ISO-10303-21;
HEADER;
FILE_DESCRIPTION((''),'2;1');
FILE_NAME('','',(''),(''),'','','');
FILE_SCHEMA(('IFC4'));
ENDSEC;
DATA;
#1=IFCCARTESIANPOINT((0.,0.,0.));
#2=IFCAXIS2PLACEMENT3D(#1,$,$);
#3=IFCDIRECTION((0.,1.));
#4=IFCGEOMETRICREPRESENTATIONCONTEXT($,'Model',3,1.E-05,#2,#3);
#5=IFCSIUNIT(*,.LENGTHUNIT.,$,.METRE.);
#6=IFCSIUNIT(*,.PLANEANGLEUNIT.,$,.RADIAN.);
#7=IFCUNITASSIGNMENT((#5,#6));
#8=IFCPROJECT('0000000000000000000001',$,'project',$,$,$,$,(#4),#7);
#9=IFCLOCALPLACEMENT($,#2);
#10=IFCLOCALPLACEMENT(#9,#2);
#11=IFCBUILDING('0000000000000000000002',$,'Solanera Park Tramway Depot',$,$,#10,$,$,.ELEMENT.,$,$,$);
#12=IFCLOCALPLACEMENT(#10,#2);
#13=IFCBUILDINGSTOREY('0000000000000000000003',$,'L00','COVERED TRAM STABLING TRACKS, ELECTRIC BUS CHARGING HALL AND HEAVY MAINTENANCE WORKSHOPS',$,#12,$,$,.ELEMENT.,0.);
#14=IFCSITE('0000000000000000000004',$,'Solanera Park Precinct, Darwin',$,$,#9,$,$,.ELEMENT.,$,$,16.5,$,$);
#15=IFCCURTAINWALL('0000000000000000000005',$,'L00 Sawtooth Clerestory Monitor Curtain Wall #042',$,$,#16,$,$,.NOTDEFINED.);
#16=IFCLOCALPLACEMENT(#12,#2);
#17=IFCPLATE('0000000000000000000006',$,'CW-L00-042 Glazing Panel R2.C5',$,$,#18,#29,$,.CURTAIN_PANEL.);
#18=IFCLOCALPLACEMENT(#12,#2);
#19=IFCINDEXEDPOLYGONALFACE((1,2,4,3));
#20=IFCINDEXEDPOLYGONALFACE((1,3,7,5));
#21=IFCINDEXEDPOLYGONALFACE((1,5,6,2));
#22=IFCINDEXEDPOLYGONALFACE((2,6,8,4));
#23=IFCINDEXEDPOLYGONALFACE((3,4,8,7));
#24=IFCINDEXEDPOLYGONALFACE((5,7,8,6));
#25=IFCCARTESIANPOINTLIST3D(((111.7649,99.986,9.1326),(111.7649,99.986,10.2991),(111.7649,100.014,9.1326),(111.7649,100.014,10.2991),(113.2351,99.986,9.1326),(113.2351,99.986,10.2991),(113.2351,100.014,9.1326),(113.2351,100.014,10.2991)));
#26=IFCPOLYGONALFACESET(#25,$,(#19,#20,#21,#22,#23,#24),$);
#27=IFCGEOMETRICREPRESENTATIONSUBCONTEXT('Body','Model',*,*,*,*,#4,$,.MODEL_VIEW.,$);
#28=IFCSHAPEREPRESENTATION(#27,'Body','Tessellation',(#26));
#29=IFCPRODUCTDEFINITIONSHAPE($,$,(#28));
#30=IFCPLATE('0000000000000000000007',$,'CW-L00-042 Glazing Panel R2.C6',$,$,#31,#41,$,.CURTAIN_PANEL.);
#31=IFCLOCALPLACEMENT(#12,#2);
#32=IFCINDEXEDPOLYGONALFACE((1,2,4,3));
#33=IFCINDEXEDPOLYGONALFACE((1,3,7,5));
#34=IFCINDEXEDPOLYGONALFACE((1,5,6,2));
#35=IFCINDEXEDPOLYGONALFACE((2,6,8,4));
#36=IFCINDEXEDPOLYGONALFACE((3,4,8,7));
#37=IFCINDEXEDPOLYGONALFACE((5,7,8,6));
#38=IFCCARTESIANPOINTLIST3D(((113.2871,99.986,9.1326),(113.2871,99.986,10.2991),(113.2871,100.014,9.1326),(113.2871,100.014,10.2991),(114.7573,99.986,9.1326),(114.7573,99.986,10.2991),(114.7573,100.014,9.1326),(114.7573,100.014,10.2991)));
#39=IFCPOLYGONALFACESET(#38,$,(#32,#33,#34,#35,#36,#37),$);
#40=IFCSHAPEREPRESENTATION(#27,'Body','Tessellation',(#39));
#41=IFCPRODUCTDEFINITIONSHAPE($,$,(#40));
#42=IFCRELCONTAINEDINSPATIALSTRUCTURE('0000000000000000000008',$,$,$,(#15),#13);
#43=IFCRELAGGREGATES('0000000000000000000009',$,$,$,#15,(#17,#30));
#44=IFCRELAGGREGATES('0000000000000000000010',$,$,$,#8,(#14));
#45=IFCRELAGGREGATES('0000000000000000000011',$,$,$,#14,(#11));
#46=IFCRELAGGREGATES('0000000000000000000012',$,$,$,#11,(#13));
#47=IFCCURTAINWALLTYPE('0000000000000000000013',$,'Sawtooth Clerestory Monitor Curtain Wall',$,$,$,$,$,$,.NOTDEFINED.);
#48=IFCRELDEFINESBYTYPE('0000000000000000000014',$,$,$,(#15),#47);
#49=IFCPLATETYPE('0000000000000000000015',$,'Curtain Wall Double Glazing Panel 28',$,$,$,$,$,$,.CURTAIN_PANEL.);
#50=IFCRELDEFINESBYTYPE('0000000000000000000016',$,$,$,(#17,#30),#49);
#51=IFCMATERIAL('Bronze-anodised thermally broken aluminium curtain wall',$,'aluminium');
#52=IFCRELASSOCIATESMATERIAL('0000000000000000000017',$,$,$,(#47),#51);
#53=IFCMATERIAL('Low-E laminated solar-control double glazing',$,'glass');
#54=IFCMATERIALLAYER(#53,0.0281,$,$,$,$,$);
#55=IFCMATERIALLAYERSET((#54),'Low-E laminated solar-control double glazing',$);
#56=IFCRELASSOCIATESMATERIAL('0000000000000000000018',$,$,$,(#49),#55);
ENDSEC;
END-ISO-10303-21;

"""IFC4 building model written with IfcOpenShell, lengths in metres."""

from ifc_helpers import new_model, si_unit, direction, frame, origin, origin_2d, place, context, subcontext, project, spatial, rectangle, extrude, material, layer, layer_set, type_object, element, aggregate, save


model = new_model("IFC4")

# Units and contexts
model_context = context("Model", 3, precision=1e-05, world=origin(), true_north=direction((0.0, 1.0)))
body_context = subcontext(model_context, "Body", "Model", "MODEL_VIEW")
ifc_project = project(units=[si_unit("LENGTHUNIT", "METRE"), si_unit("PLANEANGLEUNIT", "RADIAN")], contexts=[model_context])

# Site, building, storey
site_placement = place(None, origin())
site = spatial("IfcSite", under=ifc_project, at=site_placement, Name="Solanera Park Precinct, Darwin", CompositionType="ELEMENT", RefElevation=16.5)
building_placement = place(site_placement, origin())
building = spatial("IfcBuilding", under=site, at=building_placement, Name="Solanera Park Tramway Depot", CompositionType="ELEMENT")
storey_placement = place(building_placement, origin())
storey = spatial("IfcBuildingStorey", under=building, at=storey_placement, Name="L00", Description="COVERED TRAM STABLING TRACKS, ELECTRIC BUS CHARGING HALL AND HEAVY MAINTENANCE WORKSHOPS", CompositionType="ELEMENT", Elevation=0.0)

# Curtain wall, plates
ifc_material_1 = material(Name="Bronze-anodised thermally broken aluminium curtain wall", Category="aluminium")
curtain_wall_type = type_object("IfcCurtainWallType", Name="Sawtooth Clerestory Monitor Curtain Wall", PredefinedType="NOTDEFINED", material=ifc_material_1)
curtain_wall_placement = place(storey_placement, origin())
curtain_wall = element("IfcCurtainWall", 1, at=curtain_wall_placement, inside=storey, type_object=curtain_wall_type, Name="L00 Sawtooth Clerestory Monitor Curtain Wall #042", PredefinedType="NOTDEFINED")
ifc_material_2 = material(Name="Low-E laminated solar-control double glazing", Category="glass")
ifc_layer = layer(ifc_material_2, 0.0281)
ifc_layer_set = layer_set([ifc_layer], Name="Low-E laminated solar-control double glazing")
plate_type = type_object("IfcPlateType", Name="Curtain Wall Double Glazing Panel 28", PredefinedType="CURTAIN_PANEL", material=ifc_layer_set)
plate_1_placement = place(storey_placement, frame((112.5, 100.0, 9.1326), z_axis=(0.0, 0.0, 1.0), x_axis=(1.0, 0.0, 0.0)))
plate_1 = element("IfcPlate", 2, at=plate_1_placement, type_object=plate_type, Name="CW-L00-042 Glazing Panel R2.C5", PredefinedType="CURTAIN_PANEL", context=body_context, shape_type="SweptSolid", body=[
    extrude(rectangle(XDim=1.4702, YDim=0.0281, at=origin_2d()), origin(), (0.0, 0.0, 1.0), 1.1665),
])
plate_2_placement = place(storey_placement, frame((114.0222, 100.0, 9.1326), z_axis=(0.0, 0.0, 1.0), x_axis=(1.0, 0.0, 0.0)))
plate_2 = element("IfcPlate", 3, at=plate_2_placement, type_object=plate_type, Name="CW-L00-042 Glazing Panel R2.C6", PredefinedType="CURTAIN_PANEL", context=body_context, shape_type="SweptSolid", body=[
    extrude(rectangle(XDim=1.4702, YDim=0.0281, at=origin_2d()), origin(), (0.0, 0.0, 1.0), 1.1665),
])
aggregate(curtain_wall, [plate_1, plate_2])

save(model, "model.ifc")
